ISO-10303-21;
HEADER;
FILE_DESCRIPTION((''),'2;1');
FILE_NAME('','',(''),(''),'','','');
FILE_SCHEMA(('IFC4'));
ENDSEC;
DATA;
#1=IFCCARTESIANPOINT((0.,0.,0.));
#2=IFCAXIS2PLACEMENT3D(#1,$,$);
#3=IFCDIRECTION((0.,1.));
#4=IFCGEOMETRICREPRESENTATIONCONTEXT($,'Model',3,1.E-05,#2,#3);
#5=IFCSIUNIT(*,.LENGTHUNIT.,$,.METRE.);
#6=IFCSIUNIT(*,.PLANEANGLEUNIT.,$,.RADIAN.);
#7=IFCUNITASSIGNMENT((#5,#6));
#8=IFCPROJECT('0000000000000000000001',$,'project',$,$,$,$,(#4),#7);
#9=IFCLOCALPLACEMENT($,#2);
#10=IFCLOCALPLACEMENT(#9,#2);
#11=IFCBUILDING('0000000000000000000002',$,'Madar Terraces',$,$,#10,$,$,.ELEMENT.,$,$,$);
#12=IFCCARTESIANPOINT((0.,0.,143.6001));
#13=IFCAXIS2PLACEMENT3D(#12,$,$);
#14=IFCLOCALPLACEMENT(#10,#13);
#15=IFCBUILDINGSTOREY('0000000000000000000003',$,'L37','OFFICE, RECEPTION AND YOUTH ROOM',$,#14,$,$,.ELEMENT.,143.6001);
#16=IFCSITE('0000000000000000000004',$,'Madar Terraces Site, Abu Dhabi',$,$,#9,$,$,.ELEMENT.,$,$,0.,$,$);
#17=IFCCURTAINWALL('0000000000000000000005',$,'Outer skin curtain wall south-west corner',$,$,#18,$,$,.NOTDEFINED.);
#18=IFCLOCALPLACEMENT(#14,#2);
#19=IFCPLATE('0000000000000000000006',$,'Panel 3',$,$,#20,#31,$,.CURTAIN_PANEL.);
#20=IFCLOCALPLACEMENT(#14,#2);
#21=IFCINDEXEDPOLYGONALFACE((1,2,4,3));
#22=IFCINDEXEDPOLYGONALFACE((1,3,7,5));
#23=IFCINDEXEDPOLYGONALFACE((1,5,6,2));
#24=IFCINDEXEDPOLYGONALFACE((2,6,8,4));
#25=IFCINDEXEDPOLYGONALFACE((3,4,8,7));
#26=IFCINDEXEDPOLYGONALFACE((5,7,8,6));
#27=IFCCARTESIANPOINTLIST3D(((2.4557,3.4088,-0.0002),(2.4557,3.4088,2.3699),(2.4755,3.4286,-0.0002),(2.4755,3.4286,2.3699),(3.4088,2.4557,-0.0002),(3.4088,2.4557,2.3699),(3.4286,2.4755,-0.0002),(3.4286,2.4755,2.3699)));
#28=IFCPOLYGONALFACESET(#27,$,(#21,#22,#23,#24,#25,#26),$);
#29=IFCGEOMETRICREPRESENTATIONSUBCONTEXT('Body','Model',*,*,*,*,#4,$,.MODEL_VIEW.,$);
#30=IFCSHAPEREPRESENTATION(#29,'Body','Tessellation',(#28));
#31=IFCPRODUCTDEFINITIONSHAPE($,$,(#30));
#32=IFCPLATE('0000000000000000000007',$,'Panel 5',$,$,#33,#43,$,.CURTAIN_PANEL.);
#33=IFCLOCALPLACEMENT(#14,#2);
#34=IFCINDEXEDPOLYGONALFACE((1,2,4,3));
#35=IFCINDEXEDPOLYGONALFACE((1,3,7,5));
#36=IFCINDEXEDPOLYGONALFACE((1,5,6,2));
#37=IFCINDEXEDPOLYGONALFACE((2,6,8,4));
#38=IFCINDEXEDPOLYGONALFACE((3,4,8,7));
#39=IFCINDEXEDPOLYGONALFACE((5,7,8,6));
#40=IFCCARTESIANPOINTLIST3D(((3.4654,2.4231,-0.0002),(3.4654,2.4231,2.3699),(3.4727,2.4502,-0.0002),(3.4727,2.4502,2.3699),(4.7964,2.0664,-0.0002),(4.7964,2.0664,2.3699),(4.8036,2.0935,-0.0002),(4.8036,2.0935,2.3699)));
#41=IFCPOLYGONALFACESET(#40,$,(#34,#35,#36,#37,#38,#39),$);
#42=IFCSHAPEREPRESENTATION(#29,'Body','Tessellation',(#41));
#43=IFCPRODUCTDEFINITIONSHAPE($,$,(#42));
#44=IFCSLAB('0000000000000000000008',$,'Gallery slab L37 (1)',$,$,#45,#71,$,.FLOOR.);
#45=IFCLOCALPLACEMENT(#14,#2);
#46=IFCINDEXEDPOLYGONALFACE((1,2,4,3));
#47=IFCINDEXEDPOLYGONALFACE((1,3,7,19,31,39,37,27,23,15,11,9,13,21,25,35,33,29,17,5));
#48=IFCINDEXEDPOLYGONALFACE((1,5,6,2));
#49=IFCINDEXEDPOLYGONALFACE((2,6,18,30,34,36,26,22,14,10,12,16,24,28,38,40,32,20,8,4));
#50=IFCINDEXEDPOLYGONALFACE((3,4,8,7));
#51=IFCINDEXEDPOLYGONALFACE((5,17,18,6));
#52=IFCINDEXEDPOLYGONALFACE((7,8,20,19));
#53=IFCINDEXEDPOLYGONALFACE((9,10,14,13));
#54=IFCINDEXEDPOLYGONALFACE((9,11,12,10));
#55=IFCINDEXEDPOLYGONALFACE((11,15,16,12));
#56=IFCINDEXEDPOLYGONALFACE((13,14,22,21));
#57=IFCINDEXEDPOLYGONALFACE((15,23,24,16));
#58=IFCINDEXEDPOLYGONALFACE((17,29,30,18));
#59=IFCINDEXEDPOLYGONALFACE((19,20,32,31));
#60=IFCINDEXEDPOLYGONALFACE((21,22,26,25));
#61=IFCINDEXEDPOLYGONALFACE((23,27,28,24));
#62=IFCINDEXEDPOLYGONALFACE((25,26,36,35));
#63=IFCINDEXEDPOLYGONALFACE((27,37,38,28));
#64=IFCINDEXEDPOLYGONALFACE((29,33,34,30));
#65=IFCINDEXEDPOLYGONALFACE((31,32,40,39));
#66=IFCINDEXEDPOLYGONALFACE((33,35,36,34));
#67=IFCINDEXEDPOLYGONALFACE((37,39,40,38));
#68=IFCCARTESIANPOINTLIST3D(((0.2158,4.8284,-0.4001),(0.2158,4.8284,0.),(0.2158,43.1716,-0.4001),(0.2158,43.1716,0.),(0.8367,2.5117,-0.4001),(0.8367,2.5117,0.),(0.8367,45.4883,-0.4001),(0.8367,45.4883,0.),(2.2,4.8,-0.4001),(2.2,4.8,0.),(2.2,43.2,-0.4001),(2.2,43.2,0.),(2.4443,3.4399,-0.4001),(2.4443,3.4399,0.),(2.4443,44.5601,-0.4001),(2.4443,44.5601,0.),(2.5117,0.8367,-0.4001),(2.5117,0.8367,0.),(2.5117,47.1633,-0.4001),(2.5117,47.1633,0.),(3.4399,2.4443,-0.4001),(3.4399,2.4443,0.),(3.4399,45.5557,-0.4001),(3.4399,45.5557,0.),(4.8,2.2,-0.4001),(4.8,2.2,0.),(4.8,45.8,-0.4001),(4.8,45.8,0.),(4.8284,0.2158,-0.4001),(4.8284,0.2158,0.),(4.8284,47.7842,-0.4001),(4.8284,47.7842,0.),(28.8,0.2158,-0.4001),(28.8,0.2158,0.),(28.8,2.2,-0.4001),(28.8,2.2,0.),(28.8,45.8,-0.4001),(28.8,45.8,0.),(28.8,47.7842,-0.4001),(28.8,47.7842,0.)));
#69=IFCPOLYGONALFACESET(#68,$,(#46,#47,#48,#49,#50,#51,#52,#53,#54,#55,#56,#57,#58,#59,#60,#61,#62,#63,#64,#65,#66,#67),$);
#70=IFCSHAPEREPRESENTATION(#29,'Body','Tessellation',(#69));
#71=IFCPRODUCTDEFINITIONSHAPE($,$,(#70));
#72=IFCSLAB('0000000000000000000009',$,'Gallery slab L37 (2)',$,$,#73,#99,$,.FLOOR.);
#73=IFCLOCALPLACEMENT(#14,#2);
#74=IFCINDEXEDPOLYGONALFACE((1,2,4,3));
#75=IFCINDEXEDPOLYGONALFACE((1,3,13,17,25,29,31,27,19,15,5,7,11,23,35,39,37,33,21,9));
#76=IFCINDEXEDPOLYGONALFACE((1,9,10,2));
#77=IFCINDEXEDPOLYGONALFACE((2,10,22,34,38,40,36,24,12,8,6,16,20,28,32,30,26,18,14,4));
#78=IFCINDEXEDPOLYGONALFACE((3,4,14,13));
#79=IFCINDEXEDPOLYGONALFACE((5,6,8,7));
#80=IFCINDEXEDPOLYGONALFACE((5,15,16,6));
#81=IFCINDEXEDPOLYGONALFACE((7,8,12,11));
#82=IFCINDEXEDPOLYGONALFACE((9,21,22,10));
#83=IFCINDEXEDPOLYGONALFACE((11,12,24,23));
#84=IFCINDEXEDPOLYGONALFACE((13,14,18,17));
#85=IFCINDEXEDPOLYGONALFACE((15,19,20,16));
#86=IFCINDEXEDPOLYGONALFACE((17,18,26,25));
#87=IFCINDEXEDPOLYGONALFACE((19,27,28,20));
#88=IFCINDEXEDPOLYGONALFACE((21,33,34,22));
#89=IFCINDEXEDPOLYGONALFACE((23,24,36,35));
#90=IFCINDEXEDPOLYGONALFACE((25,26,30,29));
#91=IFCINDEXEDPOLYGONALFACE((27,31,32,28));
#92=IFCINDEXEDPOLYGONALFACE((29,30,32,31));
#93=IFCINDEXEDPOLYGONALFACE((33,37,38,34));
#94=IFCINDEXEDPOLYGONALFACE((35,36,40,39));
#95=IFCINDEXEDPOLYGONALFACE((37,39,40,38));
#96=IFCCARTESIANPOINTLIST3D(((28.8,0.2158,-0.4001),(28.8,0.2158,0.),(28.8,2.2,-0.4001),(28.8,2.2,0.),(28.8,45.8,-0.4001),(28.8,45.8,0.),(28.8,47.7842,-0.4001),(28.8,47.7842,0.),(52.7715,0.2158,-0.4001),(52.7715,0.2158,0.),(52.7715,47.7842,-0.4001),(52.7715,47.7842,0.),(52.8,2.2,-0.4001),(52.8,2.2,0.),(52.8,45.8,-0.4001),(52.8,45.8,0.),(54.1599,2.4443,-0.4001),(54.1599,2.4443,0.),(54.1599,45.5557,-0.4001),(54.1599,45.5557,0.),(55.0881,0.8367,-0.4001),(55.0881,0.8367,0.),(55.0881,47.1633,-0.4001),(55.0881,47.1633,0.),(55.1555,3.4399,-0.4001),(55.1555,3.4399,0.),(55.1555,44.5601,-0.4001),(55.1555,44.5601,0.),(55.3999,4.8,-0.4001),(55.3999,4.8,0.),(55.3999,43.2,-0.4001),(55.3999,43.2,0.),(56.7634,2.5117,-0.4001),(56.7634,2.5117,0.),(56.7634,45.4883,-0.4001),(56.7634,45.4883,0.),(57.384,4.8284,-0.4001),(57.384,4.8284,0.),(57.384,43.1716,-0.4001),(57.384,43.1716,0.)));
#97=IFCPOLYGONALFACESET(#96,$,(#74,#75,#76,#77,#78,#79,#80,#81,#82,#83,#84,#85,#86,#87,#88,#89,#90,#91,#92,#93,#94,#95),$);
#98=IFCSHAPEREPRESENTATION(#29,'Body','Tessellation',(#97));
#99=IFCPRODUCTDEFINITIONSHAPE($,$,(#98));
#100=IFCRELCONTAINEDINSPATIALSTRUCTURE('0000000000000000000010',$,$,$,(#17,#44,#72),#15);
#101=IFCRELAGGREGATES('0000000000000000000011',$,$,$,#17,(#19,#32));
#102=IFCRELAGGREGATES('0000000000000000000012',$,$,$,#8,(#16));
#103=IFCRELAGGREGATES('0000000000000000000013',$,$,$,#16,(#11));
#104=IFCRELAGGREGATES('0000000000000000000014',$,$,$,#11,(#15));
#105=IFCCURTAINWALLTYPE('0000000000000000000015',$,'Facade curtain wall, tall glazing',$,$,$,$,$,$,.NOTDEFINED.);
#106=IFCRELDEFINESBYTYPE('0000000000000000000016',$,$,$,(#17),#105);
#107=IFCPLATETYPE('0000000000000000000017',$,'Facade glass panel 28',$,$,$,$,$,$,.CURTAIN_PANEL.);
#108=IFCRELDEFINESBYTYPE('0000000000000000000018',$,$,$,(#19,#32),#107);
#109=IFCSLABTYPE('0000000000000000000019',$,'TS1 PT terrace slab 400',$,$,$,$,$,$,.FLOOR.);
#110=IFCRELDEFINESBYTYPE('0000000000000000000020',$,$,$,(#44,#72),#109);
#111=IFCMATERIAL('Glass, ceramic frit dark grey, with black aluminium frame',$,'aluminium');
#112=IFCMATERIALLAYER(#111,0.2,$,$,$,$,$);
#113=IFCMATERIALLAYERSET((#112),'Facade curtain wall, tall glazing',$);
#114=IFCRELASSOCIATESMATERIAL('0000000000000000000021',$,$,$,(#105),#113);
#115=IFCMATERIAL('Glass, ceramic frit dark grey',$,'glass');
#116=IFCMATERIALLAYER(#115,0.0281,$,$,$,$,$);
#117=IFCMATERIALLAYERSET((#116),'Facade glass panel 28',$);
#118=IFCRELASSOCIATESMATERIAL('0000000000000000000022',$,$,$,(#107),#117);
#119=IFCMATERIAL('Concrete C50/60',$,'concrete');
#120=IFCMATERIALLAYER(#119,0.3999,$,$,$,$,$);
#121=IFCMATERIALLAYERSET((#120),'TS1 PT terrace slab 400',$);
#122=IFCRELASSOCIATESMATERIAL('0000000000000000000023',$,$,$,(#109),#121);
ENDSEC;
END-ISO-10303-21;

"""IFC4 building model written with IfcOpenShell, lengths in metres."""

from ifc_helpers import new_model, si_unit, direction, frame, origin, origin_2d, place, context, subcontext, project, spatial, polyline, rectangle, outline, extrude, material, layer, layer_set, type_object, element, aggregate, save


model = new_model("IFC4")

# Units and contexts
model_context = context("Model", 3, precision=1e-05, world=origin(), true_north=direction((0.0, 1.0)))
body_context = subcontext(model_context, "Body", "Model", "MODEL_VIEW")
ifc_project = project(units=[si_unit("LENGTHUNIT", "METRE"), si_unit("PLANEANGLEUNIT", "RADIAN")], contexts=[model_context])

# Site, building, storey
site_placement = place(None, origin())
site = spatial("IfcSite", under=ifc_project, at=site_placement, Name="Madar Terraces Site, Abu Dhabi", CompositionType="ELEMENT", RefElevation=0.0)
building_placement = place(site_placement, origin())
building = spatial("IfcBuilding", under=site, at=building_placement, Name="Madar Terraces", CompositionType="ELEMENT")
storey_placement = place(building_placement, frame((0.0, 0.0, 143.6001)))
storey = spatial("IfcBuildingStorey", under=building, at=storey_placement, Name="L37", Description="OFFICE, RECEPTION AND YOUTH ROOM", CompositionType="ELEMENT", Elevation=143.6001)

# Curtain wall, plates
ifc_material_1 = material(Name="Glass, ceramic frit dark grey, with black aluminium frame", Category="aluminium")
ifc_layer_1 = layer(ifc_material_1, 0.2)
ifc_layer_set_1 = layer_set([ifc_layer_1], Name="Facade curtain wall, tall glazing")
curtain_wall_type = type_object("IfcCurtainWallType", Name="Facade curtain wall, tall glazing", PredefinedType="NOTDEFINED", material=ifc_layer_set_1)
curtain_wall_placement = place(storey_placement, origin())
curtain_wall = element("IfcCurtainWall", 1, at=curtain_wall_placement, inside=storey, type_object=curtain_wall_type, Name="Outer skin curtain wall south-west corner", PredefinedType="NOTDEFINED")
ifc_material_2 = material(Name="Glass, ceramic frit dark grey", Category="glass")
ifc_layer_2 = layer(ifc_material_2, 0.0281)
ifc_layer_set_2 = layer_set([ifc_layer_2], Name="Facade glass panel 28")
plate_type = type_object("IfcPlateType", Name="Facade glass panel 28", PredefinedType="CURTAIN_PANEL", material=ifc_layer_set_2)
plate_1_placement = place(storey_placement, frame((2.9421, 2.9421, -0.0002), z_axis=(0.0, 0.0, 1.0), x_axis=(0.707107, -0.707107, 0.0)))
plate_1 = element("IfcPlate", 2, at=plate_1_placement, type_object=plate_type, Name="Panel 3", PredefinedType="CURTAIN_PANEL", context=body_context, shape_type="SweptSolid", body=[
    extrude(rectangle(XDim=1.3479, YDim=0.0281, at=origin_2d()), origin(), (0.0, 0.0, 1.0), 2.3701),
])
plate_2_placement = place(storey_placement, frame((4.1345, 2.2583, -0.0002), z_axis=(0.0, 0.0, 1.0), x_axis=(0.965926, -0.258819, 0.0)))
plate_2 = element("IfcPlate", 3, at=plate_2_placement, type_object=plate_type, Name="Panel 5", PredefinedType="CURTAIN_PANEL", context=body_context, shape_type="SweptSolid", body=[
    extrude(rectangle(XDim=1.3779, YDim=0.0281, at=origin_2d()), origin(), (0.0, 0.0, 1.0), 2.3701),
])
aggregate(curtain_wall, [plate_1, plate_2])

# Slabs
ifc_material_3 = material(Name="Concrete C50/60", Category="concrete")
ifc_layer_3 = layer(ifc_material_3, 0.3999)
ifc_layer_set_3 = layer_set([ifc_layer_3], Name="TS1 PT terrace slab 400")
slab_type_1 = type_object("IfcSlabType", Name="TS1 PT terrace slab 400", PredefinedType="FLOOR", material=ifc_layer_set_3)
slab_1_placement = place(storey_placement, frame((0.0, 0.0, -0.4001)))
element("IfcSlab", 4, at=slab_1_placement, inside=storey, type_object=slab_type_1, Name="Gallery slab L37 (1)", PredefinedType="FLOOR", context=body_context, shape_type="SweptSolid", body=[
    extrude(outline(polyline([(2.5117, 0.8367), (4.8284, 0.2158), (28.8, 0.2158), (28.8, 2.2), (4.8, 2.2), (3.4399, 2.4443), (2.4443, 3.4399), (2.2, 4.8), (2.2, 43.2), (2.4443, 44.5601), (3.4399, 45.5557), (4.8, 45.8), (28.8, 45.8), (28.8, 47.7842), (4.8284, 47.7842), (2.5117, 47.1633), (0.8367, 45.4883), (0.2158, 43.1716), (0.2158, 4.8284), (0.8367, 2.5117), (2.5117, 0.8367)])), origin(), (0.0, 0.0, 1.0), 0.4001),
])
slab_2_placement = place(storey_placement, frame((0.0, 0.0, -0.4001)))
element("IfcSlab", 5, at=slab_2_placement, inside=storey, type_object=slab_type_1, Name="Gallery slab L37 (2)", PredefinedType="FLOOR", context=body_context, shape_type="SweptSolid", body=[
    extrude(outline(polyline([(28.8, 47.7842), (28.8, 45.8), (52.8, 45.8), (54.1599, 45.5557), (55.1555, 44.5601), (55.3999, 43.2), (55.3999, 4.8), (55.1555, 3.4399), (54.1599, 2.4443), (52.8, 2.2), (28.8, 2.2), (28.8, 0.2158), (52.7715, 0.2158), (55.0881, 0.8367), (56.7634, 2.5117), (57.384, 4.8284), (57.384, 43.1716), (56.7634, 45.4883), (55.0881, 47.1633), (52.7715, 47.7842), (28.8, 47.7842)])), origin(), (0.0, 0.0, 1.0), 0.4001),
])

save(model, "model.ifc")
